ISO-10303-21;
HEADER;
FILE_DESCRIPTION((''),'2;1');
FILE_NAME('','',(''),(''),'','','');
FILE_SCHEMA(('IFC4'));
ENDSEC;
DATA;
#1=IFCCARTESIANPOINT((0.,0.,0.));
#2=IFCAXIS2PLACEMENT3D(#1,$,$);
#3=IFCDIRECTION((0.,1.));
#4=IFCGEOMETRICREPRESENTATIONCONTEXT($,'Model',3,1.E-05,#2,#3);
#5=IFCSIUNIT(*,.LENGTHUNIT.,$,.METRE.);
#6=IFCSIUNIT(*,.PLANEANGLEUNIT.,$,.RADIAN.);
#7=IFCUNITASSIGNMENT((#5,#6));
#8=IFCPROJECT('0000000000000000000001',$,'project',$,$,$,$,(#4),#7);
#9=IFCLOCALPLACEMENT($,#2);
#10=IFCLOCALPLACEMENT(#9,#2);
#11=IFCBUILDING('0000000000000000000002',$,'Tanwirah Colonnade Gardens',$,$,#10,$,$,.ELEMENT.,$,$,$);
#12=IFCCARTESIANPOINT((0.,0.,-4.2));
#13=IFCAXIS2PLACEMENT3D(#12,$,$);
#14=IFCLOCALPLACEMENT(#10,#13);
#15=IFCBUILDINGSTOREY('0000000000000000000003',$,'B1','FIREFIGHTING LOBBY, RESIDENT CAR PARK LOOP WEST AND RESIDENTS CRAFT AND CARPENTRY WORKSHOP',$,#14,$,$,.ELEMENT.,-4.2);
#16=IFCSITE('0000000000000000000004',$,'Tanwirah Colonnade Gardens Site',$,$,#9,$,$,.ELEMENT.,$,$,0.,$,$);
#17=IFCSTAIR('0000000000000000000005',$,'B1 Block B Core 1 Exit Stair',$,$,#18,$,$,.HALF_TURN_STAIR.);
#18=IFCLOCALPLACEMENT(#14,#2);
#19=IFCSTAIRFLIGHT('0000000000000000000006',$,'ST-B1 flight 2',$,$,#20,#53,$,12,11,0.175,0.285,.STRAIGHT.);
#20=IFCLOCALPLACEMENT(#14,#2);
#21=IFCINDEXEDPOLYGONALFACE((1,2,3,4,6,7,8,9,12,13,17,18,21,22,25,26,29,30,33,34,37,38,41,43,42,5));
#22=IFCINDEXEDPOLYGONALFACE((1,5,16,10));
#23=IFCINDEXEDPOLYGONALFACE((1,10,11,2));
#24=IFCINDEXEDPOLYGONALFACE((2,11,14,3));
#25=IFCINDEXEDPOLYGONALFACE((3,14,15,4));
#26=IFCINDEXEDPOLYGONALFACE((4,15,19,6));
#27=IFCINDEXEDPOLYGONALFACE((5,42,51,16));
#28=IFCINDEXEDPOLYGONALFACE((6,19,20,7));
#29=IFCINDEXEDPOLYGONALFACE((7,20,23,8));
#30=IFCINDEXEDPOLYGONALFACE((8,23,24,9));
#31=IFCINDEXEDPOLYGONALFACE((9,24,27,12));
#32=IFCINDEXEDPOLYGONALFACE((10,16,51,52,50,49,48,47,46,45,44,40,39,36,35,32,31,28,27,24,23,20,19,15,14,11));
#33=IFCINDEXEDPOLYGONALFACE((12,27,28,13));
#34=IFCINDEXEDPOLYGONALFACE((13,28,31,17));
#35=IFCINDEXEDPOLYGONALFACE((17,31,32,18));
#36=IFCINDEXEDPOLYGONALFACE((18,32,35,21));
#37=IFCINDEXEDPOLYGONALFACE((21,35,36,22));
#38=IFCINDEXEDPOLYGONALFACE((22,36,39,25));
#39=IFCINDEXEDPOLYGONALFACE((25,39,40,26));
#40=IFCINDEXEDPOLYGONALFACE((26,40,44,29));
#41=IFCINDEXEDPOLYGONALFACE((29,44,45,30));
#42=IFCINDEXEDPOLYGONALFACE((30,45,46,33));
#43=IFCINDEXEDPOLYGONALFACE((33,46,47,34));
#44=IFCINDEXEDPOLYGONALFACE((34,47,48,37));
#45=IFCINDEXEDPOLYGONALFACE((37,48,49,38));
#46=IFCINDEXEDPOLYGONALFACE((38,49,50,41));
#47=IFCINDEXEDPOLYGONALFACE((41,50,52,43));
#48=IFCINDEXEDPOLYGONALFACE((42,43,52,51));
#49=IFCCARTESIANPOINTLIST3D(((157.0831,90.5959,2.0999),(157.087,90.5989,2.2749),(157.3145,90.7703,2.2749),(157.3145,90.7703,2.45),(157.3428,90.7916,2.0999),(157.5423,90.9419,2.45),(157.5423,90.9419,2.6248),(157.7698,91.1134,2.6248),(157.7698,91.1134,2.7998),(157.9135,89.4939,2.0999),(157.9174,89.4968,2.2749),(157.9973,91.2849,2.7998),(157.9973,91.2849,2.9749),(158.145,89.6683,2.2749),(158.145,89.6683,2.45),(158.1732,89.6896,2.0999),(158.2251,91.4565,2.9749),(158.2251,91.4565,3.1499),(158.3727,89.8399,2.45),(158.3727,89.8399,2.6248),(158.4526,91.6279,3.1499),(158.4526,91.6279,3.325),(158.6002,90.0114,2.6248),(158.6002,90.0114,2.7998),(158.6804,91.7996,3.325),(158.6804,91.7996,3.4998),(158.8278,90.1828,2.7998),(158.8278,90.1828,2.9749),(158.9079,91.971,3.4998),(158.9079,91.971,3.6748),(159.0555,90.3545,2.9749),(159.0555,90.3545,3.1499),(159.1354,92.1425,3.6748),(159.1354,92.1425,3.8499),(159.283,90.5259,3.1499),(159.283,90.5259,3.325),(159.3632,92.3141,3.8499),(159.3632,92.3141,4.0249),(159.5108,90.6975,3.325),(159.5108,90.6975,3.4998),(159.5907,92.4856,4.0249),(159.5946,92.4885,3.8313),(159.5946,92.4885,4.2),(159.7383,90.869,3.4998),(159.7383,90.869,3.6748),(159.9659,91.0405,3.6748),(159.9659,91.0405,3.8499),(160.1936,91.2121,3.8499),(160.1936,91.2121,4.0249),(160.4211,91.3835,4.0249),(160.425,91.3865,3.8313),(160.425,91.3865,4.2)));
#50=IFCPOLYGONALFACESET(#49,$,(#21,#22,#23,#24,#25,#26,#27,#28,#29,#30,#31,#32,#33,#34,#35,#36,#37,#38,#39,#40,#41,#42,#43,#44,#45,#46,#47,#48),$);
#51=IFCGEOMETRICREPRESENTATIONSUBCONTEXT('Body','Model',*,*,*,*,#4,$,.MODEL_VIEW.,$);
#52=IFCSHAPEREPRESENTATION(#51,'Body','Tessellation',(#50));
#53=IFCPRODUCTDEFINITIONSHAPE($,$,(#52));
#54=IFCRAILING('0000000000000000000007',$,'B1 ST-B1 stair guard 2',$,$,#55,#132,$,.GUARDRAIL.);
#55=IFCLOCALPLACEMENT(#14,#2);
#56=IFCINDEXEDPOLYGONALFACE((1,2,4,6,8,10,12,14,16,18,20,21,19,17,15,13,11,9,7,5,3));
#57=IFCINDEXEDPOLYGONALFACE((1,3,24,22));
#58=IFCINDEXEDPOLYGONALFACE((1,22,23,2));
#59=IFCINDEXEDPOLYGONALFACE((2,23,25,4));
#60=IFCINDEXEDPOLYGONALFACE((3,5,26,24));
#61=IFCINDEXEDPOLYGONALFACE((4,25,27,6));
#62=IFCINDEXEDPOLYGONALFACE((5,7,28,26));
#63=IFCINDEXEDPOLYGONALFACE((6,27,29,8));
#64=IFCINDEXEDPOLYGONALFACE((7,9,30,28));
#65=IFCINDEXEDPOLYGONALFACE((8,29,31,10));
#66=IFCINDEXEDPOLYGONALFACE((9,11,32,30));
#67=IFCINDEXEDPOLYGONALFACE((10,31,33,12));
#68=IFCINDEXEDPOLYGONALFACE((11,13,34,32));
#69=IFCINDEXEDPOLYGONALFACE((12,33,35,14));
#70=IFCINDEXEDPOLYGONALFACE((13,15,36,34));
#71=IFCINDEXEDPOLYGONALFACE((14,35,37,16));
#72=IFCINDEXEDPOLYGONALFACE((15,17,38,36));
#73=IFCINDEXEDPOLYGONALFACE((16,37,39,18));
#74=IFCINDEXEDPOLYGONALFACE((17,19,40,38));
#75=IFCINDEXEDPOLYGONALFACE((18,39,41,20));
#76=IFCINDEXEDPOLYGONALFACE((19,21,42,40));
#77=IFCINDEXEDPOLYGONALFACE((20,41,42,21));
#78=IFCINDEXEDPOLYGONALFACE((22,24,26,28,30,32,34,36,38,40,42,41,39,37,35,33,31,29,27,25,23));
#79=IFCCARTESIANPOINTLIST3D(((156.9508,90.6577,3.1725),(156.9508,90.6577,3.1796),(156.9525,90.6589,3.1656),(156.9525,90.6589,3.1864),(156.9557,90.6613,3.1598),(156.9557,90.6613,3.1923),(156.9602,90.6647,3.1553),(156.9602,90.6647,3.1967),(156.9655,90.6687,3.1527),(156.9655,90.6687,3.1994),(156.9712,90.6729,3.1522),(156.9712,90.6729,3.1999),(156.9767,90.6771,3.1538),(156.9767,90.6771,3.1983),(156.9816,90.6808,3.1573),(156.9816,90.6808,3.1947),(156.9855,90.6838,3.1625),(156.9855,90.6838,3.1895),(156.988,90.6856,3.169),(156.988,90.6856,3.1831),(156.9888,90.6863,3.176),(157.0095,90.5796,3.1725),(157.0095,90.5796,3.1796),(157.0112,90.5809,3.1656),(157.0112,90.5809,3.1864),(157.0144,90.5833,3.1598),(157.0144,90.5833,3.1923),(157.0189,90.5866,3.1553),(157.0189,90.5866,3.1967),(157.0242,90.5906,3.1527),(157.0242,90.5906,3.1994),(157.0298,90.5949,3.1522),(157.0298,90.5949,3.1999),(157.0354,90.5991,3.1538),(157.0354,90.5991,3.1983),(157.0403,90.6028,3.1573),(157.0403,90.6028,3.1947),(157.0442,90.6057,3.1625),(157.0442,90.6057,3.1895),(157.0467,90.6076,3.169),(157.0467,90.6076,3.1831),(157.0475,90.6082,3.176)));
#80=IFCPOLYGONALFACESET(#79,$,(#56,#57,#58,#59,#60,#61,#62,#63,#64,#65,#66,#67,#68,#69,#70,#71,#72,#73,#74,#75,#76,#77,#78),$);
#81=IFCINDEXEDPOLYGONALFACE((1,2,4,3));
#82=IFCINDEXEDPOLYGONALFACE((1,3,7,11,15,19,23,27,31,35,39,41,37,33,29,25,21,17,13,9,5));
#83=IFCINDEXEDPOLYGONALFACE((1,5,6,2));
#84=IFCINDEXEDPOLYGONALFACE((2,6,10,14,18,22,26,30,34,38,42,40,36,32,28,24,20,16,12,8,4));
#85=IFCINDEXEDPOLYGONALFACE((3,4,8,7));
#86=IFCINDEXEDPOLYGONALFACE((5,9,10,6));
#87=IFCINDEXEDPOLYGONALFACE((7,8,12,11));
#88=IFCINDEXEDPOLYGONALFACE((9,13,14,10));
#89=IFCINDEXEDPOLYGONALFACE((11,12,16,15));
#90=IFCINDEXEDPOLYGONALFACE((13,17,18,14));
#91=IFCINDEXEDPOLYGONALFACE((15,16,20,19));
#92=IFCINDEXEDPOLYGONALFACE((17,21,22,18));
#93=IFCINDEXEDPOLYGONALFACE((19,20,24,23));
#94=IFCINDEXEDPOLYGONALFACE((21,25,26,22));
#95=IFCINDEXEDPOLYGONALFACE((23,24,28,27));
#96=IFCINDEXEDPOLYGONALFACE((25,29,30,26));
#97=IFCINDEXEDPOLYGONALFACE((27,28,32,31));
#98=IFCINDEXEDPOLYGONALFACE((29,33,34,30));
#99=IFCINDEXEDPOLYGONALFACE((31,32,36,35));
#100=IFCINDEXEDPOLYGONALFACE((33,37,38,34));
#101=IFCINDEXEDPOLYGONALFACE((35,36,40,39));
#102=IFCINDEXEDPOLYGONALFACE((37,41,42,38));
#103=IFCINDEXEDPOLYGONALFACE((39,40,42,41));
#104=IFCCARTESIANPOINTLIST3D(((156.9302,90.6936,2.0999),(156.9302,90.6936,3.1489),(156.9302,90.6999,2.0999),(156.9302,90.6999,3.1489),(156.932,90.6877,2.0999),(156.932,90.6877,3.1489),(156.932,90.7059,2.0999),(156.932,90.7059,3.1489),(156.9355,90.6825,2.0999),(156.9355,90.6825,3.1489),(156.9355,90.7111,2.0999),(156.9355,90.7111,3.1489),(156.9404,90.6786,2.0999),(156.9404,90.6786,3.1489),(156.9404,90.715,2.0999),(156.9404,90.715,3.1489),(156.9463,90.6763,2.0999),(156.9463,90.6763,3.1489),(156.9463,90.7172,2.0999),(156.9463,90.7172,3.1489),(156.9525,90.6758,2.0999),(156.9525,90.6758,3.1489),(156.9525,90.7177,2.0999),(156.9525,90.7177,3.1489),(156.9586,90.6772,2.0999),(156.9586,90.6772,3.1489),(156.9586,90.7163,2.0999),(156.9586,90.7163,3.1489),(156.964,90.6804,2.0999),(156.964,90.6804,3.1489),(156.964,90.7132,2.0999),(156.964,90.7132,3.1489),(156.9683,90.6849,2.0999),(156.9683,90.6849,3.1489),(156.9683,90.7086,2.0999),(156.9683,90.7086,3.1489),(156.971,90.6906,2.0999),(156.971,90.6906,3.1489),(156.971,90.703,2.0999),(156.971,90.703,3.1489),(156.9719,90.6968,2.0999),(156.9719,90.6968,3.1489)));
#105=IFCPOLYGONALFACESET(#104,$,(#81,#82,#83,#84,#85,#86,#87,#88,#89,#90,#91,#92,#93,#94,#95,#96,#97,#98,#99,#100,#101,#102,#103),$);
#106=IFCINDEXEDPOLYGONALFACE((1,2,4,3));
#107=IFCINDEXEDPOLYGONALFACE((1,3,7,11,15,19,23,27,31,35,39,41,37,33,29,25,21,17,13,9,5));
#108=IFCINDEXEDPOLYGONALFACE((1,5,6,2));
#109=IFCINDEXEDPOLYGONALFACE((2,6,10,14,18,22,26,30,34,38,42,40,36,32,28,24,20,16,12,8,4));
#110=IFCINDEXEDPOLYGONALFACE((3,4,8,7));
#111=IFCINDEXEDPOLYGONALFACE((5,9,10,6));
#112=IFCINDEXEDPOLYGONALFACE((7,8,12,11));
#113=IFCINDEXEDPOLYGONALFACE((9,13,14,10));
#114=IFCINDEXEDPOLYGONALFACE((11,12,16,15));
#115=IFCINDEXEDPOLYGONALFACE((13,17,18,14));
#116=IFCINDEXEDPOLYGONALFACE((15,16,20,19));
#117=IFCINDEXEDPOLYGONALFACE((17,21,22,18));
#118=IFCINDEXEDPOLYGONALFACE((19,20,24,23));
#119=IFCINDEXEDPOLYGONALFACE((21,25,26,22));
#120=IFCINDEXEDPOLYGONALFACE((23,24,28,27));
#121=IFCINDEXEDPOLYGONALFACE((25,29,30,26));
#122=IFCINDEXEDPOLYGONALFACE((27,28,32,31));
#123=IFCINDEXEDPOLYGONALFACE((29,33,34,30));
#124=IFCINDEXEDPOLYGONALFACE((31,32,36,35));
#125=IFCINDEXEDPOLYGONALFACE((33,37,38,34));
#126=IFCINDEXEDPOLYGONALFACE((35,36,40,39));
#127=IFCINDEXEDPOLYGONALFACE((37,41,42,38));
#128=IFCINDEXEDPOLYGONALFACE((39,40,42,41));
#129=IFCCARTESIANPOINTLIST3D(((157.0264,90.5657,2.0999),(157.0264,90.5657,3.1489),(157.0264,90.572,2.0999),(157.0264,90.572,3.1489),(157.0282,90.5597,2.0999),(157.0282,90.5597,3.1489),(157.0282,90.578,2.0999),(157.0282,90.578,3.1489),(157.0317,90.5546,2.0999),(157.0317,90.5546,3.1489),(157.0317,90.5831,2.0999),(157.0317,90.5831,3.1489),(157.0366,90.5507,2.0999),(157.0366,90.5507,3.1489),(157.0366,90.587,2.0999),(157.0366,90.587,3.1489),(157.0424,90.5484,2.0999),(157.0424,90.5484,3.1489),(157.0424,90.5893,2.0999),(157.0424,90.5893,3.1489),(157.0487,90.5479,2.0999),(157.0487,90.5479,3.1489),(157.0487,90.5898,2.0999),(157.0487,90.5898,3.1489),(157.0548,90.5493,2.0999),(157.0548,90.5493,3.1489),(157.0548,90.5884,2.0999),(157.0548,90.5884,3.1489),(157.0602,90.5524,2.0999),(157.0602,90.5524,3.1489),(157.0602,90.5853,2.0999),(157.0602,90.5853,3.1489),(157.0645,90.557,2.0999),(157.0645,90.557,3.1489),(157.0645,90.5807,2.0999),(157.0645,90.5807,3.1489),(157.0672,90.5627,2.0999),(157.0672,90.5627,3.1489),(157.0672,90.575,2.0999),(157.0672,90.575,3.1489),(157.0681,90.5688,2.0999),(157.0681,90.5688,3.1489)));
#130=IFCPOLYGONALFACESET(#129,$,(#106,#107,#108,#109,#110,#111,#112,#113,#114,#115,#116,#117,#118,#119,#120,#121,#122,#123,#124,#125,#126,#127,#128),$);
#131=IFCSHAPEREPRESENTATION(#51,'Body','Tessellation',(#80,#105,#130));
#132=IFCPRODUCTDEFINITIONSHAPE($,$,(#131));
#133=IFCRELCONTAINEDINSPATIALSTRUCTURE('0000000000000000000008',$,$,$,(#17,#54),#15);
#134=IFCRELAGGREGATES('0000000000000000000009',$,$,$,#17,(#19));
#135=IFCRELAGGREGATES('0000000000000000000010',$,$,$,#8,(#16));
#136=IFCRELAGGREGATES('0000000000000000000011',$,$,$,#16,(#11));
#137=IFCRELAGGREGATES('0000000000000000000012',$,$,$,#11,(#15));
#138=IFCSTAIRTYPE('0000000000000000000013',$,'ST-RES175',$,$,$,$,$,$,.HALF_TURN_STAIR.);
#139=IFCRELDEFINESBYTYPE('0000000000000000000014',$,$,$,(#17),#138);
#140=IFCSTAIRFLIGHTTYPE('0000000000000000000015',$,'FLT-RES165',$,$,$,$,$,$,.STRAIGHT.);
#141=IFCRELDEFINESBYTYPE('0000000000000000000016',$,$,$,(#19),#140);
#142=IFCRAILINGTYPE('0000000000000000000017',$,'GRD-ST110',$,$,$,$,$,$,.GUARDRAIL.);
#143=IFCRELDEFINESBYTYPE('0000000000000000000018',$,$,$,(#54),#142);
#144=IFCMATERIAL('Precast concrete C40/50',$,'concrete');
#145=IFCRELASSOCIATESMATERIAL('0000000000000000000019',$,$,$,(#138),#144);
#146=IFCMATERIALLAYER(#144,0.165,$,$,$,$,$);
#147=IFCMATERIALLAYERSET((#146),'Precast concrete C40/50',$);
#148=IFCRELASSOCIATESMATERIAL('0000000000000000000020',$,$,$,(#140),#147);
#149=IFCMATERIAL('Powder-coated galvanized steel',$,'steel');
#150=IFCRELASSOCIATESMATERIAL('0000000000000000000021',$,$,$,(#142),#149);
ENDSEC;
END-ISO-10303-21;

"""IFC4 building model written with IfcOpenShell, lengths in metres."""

from ifc_helpers import new_model, si_unit, direction, frame, origin, origin_2d, place, context, subcontext, project, spatial, polyline, circle, outline, extrude, material, layer, layer_set, type_object, element, aggregate, save


model = new_model("IFC4")

# Units and contexts
model_context = context("Model", 3, precision=1e-05, world=origin(), true_north=direction((0.0, 1.0)))
body_context = subcontext(model_context, "Body", "Model", "MODEL_VIEW")
ifc_project = project(units=[si_unit("LENGTHUNIT", "METRE"), si_unit("PLANEANGLEUNIT", "RADIAN")], contexts=[model_context])

# Site, building, storey
site_placement = place(None, origin())
site = spatial("IfcSite", under=ifc_project, at=site_placement, Name="Tanwirah Colonnade Gardens Site", CompositionType="ELEMENT", RefElevation=0.0)
building_placement = place(site_placement, origin())
building = spatial("IfcBuilding", under=site, at=building_placement, Name="Tanwirah Colonnade Gardens", CompositionType="ELEMENT")
storey_placement = place(building_placement, frame((0.0, 0.0, -4.2)))
storey = spatial("IfcBuildingStorey", under=building, at=storey_placement, Name="B1", Description="FIREFIGHTING LOBBY, RESIDENT CAR PARK LOOP WEST AND RESIDENTS CRAFT AND CARPENTRY WORKSHOP", CompositionType="ELEMENT", Elevation=-4.2)

# Shared definitions
ifc_material_1 = material(Name="Precast concrete C40/50", Category="concrete")

# Stair, stair flight
stair_type = type_object("IfcStairType", Name="ST-RES175", PredefinedType="HALF_TURN_STAIR", material=ifc_material_1)
stair_placement = place(storey_placement, origin())
stair = element("IfcStair", 1, at=stair_placement, inside=storey, type_object=stair_type, Name="B1 Block B Core 1 Exit Stair", PredefinedType="HALF_TURN_STAIR")
ifc_layer_1 = layer(ifc_material_1, 0.165)
ifc_layer_set_1 = layer_set([ifc_layer_1], Name="Precast concrete C40/50")
stair_flight_type = type_object("IfcStairFlightType", Name="FLT-RES165", PredefinedType="STRAIGHT", material=ifc_layer_set_1)
stair_flight_placement = place(storey_placement, frame((157.5022, 90.0479, 2.0999), z_axis=(0.0, 0.0, 1.0), x_axis=(0.798636, 0.601815, 0.0)))
stair_flight = element("IfcStairFlight", 2, at=stair_flight_placement, type_object=stair_flight_type, Name="ST-B1 flight 2", NumberOfRisers=12, NumberOfTreads=11, PredefinedType="STRAIGHT", RiserHeight=0.175, TreadLength=0.285, context=body_context, shape_type="SweptSolid", body=[
    extrude(outline(polyline([(-0.0049, 0.0), (0.0, 0.175), (0.2849, 0.175), (0.2849, 0.3501), (0.5701, 0.3501), (0.5701, 0.5249), (0.855, 0.5249), (0.855, 0.7), (1.1399, 0.7), (1.1399, 0.875), (1.425, 0.875), (1.425, 1.05), (1.71, 1.05), (1.71, 1.2251), (1.9951, 1.2251), (1.9951, 1.3999), (2.28, 1.3999), (2.28, 1.575), (2.5649, 1.575), (2.5649, 1.75), (2.8501, 1.75), (2.8501, 1.925), (3.135, 1.925), (3.1399, 2.1001), (3.1399, 1.7314), (0.3203, 0.0), (-0.0049, 0.0)])), frame((0.0, 0.6899, 0.0), z_axis=(0.0, -1.0, 0.0), x_axis=(1.0, 0.0, 0.0)), (0.0, 0.0, 1.0), 1.3799),
])
aggregate(stair, [stair_flight])

# Railing
ifc_material_2 = material(Name="Powder-coated galvanized steel", Category="steel")
railing_type_1 = type_object("IfcRailingType", Name="GRD-ST110", PredefinedType="GUARDRAIL", material=ifc_material_2)
railing_1_placement = place(storey_placement, frame((156.9509, 90.6968, 2.0999)))
element("IfcRailing", 3, at=railing_1_placement, inside=storey, type_object=railing_type_1, Name="B1 ST-B1 stair guard 2", PredefinedType="GUARDRAIL", context=body_context, shape_type="SweptSolid", body=[
    extrude(circle(Radius=0.0239, at=origin_2d()), frame((0.0188, -0.0249, 1.0762), z_axis=(0.600976, -0.799267, 0.0), x_axis=(0.799267, 0.600976, 0.0)), (0.0, 0.0, 1.0), 0.0977),
    extrude(circle(Radius=0.021, at=origin_2d()), origin(), (0.0, 0.0, 1.0), 1.0491),
    extrude(circle(Radius=0.021, at=origin_2d()), frame((0.0962, -0.1279, 0.0)), (0.0, 0.0, 1.0), 1.0491),
])

save(model, "model.ifc")
